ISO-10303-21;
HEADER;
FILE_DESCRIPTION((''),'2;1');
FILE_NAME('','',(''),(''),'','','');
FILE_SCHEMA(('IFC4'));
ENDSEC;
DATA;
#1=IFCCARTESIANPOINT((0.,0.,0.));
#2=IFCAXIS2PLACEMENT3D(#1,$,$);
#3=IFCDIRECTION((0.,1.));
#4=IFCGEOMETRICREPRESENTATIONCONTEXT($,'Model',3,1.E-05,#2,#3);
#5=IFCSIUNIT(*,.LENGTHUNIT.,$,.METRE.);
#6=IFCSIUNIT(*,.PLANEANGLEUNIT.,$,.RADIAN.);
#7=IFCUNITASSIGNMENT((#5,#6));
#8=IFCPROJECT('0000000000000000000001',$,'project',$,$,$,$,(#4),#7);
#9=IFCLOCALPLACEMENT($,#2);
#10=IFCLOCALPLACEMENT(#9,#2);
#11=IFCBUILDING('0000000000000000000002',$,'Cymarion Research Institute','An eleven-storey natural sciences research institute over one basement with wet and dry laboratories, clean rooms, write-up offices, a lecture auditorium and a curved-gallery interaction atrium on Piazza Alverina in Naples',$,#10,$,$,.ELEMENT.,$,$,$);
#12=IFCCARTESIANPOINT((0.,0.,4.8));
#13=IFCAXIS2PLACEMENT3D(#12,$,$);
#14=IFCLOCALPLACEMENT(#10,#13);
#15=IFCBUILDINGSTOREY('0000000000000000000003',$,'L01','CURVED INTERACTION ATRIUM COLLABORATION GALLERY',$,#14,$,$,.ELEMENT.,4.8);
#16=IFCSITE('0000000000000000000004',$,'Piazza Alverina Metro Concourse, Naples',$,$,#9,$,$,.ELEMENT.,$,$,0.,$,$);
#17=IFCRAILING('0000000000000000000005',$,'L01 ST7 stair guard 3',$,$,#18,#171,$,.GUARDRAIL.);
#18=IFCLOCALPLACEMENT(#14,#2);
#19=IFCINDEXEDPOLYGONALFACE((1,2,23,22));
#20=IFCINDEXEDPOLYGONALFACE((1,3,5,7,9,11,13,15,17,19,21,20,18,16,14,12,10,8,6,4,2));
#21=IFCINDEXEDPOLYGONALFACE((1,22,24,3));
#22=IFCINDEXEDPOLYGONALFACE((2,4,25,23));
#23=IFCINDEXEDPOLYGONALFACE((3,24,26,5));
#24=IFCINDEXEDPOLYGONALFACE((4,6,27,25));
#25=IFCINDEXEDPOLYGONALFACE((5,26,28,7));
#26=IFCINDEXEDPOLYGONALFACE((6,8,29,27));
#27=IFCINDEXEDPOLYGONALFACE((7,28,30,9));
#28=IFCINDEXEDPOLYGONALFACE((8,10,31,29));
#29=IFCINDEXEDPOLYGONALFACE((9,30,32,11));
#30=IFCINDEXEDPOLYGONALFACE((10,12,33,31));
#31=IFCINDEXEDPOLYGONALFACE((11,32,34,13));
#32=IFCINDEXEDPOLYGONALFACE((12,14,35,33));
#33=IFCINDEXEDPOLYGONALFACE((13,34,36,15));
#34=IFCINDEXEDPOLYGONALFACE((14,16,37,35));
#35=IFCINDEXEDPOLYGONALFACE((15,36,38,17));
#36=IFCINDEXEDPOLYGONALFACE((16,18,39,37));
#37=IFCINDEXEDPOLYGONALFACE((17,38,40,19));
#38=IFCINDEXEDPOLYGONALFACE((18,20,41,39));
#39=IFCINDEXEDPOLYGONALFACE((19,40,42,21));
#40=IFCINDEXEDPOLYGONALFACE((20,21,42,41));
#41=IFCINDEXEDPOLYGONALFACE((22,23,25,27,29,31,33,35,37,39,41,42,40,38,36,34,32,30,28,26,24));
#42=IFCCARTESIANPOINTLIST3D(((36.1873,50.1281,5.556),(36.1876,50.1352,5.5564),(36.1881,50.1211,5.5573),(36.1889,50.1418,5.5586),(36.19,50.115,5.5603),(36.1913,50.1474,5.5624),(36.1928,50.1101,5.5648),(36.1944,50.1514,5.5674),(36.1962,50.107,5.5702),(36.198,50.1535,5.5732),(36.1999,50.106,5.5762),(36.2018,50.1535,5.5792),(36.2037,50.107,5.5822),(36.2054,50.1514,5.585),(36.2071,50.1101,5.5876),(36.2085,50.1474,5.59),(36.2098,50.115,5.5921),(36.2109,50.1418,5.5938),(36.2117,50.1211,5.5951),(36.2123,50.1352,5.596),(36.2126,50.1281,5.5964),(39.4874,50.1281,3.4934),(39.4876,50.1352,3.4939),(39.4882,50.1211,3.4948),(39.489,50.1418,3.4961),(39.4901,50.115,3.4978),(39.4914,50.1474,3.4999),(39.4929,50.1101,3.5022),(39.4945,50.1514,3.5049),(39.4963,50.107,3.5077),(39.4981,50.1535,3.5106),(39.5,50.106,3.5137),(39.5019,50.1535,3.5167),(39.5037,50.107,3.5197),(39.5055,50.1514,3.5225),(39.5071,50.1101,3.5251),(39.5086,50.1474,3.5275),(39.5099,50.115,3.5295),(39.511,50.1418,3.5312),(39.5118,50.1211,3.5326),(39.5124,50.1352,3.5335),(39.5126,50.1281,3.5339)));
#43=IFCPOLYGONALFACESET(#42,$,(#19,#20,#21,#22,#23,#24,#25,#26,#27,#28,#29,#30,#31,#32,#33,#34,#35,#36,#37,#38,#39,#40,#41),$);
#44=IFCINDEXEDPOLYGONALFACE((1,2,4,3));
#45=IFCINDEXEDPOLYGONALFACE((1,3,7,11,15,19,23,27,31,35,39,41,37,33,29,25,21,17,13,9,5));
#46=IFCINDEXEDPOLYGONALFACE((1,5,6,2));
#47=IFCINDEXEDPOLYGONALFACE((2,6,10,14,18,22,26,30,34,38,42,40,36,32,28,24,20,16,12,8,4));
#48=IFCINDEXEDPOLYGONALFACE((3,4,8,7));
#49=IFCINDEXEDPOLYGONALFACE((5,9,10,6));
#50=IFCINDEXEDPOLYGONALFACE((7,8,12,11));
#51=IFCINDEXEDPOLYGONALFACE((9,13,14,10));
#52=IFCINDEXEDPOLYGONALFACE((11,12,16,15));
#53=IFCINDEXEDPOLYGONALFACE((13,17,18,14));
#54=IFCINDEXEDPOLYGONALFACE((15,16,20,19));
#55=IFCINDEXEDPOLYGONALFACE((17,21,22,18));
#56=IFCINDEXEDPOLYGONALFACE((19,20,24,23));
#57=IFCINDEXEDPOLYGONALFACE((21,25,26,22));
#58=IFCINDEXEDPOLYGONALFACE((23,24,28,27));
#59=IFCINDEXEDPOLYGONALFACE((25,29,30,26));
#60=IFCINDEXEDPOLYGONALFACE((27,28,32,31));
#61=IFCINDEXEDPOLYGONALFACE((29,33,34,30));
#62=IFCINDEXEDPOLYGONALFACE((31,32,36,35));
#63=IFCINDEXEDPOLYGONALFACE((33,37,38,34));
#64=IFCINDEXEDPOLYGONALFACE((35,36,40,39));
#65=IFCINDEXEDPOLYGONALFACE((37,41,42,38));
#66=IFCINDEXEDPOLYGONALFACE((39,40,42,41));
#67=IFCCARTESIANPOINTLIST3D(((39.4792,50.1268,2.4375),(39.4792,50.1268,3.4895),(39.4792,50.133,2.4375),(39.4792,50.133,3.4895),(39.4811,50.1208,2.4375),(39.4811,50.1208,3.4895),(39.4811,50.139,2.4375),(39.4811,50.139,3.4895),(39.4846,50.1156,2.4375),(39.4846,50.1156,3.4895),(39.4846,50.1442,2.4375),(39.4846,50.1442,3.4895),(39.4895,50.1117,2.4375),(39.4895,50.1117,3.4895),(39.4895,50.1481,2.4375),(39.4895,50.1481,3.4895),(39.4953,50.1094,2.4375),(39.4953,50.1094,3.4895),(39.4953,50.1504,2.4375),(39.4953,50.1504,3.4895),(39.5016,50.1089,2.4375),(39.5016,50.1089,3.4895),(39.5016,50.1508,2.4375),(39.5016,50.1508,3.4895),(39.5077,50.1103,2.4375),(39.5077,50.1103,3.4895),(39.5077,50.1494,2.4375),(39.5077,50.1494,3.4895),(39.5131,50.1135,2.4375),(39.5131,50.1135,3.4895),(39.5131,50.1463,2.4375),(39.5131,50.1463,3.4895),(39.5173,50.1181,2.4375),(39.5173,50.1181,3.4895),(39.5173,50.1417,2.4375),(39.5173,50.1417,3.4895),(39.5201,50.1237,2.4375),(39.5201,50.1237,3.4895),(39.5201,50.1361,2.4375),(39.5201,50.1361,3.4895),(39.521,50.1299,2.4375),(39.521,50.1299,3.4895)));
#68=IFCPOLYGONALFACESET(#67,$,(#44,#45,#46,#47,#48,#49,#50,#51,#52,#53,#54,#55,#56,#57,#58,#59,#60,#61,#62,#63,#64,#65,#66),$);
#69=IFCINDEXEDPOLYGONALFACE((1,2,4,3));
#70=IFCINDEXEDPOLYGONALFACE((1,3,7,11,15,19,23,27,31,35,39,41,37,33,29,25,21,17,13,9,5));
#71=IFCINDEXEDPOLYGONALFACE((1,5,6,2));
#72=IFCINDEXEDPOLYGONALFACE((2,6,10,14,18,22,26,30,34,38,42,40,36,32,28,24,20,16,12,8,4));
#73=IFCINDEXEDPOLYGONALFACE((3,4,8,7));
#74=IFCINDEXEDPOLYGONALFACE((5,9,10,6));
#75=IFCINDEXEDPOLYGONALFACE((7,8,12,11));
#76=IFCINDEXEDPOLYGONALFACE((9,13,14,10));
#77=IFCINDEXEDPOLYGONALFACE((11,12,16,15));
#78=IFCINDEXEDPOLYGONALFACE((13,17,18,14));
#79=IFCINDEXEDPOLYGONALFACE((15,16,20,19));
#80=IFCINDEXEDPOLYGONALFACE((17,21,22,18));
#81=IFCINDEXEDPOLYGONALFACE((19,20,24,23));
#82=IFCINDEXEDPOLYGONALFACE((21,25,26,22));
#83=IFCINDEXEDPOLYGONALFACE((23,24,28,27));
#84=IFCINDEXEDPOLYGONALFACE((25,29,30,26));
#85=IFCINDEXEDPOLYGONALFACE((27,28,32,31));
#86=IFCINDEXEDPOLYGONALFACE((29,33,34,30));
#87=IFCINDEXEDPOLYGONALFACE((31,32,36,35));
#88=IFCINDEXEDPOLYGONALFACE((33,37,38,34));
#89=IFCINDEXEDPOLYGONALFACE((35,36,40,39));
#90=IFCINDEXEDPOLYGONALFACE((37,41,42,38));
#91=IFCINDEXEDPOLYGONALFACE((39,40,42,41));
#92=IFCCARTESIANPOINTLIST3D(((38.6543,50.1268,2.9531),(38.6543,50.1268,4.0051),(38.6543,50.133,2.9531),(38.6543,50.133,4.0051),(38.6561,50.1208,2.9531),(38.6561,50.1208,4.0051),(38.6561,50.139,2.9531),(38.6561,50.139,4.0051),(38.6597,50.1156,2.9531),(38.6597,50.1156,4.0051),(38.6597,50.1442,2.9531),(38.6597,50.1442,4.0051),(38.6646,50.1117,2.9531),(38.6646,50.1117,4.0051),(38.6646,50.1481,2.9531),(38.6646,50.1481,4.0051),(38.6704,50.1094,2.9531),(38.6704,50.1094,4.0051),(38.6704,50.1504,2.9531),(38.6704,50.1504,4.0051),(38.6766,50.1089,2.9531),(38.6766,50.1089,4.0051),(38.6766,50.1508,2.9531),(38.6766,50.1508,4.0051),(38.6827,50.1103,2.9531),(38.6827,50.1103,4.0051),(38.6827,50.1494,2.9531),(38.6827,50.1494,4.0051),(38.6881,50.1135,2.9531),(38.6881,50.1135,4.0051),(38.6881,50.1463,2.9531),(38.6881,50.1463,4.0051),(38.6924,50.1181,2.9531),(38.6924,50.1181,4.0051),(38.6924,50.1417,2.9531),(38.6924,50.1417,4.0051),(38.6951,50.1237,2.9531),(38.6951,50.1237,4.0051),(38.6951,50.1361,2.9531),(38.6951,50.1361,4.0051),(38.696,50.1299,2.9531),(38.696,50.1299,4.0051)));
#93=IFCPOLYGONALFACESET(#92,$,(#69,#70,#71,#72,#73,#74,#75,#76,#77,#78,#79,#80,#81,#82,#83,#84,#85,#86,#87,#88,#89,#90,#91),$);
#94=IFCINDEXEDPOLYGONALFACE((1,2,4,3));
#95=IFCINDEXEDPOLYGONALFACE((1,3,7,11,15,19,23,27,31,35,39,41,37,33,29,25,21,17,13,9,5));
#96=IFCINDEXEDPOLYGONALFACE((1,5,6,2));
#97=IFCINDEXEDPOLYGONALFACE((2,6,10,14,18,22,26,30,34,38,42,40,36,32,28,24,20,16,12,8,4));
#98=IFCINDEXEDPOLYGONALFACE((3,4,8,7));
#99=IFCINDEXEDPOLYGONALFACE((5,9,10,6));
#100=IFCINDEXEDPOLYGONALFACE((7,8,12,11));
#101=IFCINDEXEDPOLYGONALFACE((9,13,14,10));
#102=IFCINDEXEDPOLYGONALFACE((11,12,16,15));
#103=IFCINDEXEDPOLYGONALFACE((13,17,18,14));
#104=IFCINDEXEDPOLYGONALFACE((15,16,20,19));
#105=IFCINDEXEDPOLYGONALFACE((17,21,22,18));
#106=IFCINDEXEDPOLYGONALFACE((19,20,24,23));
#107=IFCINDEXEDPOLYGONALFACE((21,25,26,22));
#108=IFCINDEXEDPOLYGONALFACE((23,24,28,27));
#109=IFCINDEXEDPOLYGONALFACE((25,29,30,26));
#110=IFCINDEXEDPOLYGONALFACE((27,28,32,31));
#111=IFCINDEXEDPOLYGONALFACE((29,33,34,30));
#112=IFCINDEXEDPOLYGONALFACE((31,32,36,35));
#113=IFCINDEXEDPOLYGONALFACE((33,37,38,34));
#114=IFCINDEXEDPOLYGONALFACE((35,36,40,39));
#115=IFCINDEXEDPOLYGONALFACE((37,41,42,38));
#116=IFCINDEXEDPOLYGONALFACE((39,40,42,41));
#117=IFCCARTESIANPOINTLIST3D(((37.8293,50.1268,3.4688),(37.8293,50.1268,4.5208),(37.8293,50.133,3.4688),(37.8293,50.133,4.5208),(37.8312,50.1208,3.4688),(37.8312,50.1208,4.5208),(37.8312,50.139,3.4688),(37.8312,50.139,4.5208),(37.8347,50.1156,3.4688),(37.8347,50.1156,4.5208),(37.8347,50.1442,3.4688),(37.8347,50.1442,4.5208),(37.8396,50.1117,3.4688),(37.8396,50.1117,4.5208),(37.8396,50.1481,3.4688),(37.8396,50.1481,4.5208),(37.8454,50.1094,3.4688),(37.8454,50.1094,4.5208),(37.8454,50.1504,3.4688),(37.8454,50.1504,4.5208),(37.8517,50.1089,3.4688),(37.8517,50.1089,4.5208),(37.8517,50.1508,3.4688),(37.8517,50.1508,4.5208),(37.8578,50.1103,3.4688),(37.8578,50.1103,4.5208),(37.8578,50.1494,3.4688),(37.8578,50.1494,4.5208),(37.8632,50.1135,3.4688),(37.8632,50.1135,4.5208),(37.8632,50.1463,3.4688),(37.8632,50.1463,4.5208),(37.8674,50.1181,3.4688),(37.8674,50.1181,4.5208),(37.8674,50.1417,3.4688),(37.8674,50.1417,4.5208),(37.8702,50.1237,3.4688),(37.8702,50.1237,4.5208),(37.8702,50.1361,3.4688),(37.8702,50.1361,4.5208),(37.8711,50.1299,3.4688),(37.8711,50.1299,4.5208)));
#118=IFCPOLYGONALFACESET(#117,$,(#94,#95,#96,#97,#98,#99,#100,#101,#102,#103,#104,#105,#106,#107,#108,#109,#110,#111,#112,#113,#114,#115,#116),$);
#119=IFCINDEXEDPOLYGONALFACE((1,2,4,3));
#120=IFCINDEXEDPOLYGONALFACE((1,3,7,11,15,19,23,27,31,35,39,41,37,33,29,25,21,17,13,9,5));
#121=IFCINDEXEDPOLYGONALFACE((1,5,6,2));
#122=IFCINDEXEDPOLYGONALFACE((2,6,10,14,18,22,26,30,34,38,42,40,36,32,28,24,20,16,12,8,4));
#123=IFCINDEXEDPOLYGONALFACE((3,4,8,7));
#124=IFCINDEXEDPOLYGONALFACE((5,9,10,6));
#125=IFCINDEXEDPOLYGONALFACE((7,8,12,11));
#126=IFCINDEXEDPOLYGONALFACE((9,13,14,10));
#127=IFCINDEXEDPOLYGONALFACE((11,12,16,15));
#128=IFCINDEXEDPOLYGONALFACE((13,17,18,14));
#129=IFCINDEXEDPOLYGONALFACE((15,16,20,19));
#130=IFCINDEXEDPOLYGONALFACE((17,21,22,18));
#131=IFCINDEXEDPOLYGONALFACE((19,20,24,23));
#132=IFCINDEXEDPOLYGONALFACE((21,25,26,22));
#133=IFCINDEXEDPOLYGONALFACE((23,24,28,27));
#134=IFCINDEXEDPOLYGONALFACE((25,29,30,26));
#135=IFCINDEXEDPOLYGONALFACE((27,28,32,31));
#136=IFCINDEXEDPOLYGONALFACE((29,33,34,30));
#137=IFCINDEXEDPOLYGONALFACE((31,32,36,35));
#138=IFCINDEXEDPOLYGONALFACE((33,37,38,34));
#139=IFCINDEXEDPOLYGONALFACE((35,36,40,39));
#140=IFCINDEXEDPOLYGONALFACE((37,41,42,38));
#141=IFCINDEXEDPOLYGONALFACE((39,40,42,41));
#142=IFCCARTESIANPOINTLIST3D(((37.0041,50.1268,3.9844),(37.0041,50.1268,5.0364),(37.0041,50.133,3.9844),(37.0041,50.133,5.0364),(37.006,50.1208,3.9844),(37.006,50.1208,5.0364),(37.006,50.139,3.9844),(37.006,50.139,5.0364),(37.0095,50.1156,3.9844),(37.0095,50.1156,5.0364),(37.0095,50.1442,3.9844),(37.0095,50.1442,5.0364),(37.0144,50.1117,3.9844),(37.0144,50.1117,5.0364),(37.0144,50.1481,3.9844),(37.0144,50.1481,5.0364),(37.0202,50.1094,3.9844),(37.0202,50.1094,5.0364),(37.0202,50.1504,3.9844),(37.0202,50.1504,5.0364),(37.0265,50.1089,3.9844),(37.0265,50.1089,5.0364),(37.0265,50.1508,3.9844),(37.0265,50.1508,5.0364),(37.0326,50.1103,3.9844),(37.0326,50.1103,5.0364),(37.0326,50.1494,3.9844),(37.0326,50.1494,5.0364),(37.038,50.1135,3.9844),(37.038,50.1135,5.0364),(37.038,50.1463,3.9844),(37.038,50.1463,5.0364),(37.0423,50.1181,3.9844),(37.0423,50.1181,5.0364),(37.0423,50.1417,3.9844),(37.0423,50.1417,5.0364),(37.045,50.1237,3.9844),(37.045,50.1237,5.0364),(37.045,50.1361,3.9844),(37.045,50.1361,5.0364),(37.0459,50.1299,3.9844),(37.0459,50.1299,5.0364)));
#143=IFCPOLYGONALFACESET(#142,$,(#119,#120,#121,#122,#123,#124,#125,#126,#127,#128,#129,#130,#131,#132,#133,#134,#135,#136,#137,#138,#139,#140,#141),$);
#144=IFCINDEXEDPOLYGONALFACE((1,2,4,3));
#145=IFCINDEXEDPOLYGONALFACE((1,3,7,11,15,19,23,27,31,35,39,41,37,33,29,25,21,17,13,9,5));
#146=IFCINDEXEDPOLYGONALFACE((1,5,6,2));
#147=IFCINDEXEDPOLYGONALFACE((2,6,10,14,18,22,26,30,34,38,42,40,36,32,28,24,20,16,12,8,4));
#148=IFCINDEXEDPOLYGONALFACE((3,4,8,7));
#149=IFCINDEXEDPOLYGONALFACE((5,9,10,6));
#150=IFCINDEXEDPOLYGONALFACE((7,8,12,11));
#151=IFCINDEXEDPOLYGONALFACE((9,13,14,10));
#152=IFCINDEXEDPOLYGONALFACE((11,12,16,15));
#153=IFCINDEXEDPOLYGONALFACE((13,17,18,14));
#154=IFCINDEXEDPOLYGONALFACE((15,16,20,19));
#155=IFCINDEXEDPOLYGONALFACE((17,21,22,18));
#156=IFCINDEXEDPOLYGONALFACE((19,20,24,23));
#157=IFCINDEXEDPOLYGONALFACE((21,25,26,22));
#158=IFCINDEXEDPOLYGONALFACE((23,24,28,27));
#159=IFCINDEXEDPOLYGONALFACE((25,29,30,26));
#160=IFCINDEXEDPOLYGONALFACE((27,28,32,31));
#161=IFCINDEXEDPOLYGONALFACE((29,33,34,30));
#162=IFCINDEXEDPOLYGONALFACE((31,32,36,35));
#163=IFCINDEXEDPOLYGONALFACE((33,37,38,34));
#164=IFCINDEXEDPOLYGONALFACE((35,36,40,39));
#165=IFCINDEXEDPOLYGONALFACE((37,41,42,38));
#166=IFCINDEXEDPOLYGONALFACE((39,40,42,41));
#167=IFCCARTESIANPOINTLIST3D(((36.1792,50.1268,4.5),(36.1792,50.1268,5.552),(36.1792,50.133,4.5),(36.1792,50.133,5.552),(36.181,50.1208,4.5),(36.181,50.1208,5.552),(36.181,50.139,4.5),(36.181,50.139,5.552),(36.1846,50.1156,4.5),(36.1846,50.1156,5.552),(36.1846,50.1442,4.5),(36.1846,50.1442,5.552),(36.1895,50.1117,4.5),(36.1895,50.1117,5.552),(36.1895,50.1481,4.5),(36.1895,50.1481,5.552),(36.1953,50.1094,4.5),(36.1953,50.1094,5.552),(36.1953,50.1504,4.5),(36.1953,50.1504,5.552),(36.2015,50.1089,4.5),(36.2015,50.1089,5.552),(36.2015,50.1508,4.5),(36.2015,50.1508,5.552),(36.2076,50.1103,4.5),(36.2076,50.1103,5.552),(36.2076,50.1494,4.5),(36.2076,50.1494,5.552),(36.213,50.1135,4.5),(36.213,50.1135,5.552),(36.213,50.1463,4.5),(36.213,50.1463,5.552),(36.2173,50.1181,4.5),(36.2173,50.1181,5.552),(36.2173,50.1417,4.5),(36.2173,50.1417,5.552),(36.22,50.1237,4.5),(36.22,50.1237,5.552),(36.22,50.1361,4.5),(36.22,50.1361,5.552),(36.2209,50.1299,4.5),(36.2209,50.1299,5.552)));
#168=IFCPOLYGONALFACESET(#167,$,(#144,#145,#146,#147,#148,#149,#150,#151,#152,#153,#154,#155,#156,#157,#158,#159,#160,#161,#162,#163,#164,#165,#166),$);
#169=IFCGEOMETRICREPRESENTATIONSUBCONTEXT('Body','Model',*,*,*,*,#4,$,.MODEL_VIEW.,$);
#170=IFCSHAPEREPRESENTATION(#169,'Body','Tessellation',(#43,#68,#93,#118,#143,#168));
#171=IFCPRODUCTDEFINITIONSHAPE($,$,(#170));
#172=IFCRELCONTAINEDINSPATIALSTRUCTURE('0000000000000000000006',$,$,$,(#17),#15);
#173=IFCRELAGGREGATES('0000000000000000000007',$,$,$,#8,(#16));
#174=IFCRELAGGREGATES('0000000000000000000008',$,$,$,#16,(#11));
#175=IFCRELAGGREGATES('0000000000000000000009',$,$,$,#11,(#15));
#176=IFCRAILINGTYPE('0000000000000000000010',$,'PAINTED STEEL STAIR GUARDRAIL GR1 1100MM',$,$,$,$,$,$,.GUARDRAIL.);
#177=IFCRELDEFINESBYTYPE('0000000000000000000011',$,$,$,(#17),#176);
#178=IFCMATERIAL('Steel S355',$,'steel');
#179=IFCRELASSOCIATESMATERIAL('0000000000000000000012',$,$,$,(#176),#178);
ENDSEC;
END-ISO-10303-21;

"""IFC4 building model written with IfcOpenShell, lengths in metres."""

from ifc_helpers import new_model, si_unit, direction, frame, origin, origin_2d, place, context, subcontext, project, spatial, circle, extrude, material, type_object, element, save


model = new_model("IFC4")

# Units and contexts
model_context = context("Model", 3, precision=1e-05, world=origin(), true_north=direction((0.0, 1.0)))
body_context = subcontext(model_context, "Body", "Model", "MODEL_VIEW")
ifc_project = project(units=[si_unit("LENGTHUNIT", "METRE"), si_unit("PLANEANGLEUNIT", "RADIAN")], contexts=[model_context])

# Site, building, storey
site_placement = place(None, origin())
site = spatial("IfcSite", under=ifc_project, at=site_placement, Name="Piazza Alverina Metro Concourse, Naples", CompositionType="ELEMENT", RefElevation=0.0)
building_placement = place(site_placement, origin())
building = spatial("IfcBuilding", under=site, at=building_placement, Name="Cymarion Research Institute", Description="An eleven-storey natural sciences research institute over one basement with wet and dry laboratories, clean rooms, write-up offices, a lecture auditorium and a curved-gallery interaction atrium on Piazza Alverina in Naples", CompositionType="ELEMENT")
storey_placement = place(building_placement, frame((0.0, 0.0, 4.8)))
storey = spatial("IfcBuildingStorey", under=building, at=storey_placement, Name="L01", Description="CURVED INTERACTION ATRIUM COLLABORATION GALLERY", CompositionType="ELEMENT", Elevation=4.8)

# Railing
ifc_material_1 = material(Name="Steel S355", Category="steel")
railing_type_1 = type_object("IfcRailingType", Name="PAINTED STEEL STAIR GUARDRAIL GR1 1100MM", PredefinedType="GUARDRAIL", material=ifc_material_1)
railing_1_placement = place(storey_placement, frame((39.5, 50.1299, 2.4375)))
element("IfcRailing", 1, at=railing_1_placement, inside=storey, type_object=railing_type_1, Name="L01 ST7 stair guard 3", PredefinedType="GUARDRAIL", context=body_context, shape_type="SweptSolid", body=[
    extrude(circle(Radius=0.0239, at=origin_2d()), frame((0.0, 0.0, 1.0762), z_axis=(-0.848002, 0.0, 0.529993), x_axis=(0.0, -1.0, 0.0)), (0.0, 0.0, 1.0), 3.8916),
    extrude(circle(Radius=0.021, at=origin_2d()), origin(), (0.0, 0.0, 1.0), 1.052),
    extrude(circle(Radius=0.021, at=origin_2d()), frame((-0.825, 0.0, 0.5156)), (0.0, 0.0, 1.0), 1.052),
    extrude(circle(Radius=0.021, at=origin_2d()), frame((-1.6499, 0.0, 1.0312)), (0.0, 0.0, 1.0), 1.052),
    extrude(circle(Radius=0.021, at=origin_2d()), frame((-2.4751, 0.0, 1.5469)), (0.0, 0.0, 1.0), 1.052),
    extrude(circle(Radius=0.021, at=origin_2d()), frame((-3.3, 0.0, 2.0625)), (0.0, 0.0, 1.0), 1.052),
])

save(model, "model.ifc")
